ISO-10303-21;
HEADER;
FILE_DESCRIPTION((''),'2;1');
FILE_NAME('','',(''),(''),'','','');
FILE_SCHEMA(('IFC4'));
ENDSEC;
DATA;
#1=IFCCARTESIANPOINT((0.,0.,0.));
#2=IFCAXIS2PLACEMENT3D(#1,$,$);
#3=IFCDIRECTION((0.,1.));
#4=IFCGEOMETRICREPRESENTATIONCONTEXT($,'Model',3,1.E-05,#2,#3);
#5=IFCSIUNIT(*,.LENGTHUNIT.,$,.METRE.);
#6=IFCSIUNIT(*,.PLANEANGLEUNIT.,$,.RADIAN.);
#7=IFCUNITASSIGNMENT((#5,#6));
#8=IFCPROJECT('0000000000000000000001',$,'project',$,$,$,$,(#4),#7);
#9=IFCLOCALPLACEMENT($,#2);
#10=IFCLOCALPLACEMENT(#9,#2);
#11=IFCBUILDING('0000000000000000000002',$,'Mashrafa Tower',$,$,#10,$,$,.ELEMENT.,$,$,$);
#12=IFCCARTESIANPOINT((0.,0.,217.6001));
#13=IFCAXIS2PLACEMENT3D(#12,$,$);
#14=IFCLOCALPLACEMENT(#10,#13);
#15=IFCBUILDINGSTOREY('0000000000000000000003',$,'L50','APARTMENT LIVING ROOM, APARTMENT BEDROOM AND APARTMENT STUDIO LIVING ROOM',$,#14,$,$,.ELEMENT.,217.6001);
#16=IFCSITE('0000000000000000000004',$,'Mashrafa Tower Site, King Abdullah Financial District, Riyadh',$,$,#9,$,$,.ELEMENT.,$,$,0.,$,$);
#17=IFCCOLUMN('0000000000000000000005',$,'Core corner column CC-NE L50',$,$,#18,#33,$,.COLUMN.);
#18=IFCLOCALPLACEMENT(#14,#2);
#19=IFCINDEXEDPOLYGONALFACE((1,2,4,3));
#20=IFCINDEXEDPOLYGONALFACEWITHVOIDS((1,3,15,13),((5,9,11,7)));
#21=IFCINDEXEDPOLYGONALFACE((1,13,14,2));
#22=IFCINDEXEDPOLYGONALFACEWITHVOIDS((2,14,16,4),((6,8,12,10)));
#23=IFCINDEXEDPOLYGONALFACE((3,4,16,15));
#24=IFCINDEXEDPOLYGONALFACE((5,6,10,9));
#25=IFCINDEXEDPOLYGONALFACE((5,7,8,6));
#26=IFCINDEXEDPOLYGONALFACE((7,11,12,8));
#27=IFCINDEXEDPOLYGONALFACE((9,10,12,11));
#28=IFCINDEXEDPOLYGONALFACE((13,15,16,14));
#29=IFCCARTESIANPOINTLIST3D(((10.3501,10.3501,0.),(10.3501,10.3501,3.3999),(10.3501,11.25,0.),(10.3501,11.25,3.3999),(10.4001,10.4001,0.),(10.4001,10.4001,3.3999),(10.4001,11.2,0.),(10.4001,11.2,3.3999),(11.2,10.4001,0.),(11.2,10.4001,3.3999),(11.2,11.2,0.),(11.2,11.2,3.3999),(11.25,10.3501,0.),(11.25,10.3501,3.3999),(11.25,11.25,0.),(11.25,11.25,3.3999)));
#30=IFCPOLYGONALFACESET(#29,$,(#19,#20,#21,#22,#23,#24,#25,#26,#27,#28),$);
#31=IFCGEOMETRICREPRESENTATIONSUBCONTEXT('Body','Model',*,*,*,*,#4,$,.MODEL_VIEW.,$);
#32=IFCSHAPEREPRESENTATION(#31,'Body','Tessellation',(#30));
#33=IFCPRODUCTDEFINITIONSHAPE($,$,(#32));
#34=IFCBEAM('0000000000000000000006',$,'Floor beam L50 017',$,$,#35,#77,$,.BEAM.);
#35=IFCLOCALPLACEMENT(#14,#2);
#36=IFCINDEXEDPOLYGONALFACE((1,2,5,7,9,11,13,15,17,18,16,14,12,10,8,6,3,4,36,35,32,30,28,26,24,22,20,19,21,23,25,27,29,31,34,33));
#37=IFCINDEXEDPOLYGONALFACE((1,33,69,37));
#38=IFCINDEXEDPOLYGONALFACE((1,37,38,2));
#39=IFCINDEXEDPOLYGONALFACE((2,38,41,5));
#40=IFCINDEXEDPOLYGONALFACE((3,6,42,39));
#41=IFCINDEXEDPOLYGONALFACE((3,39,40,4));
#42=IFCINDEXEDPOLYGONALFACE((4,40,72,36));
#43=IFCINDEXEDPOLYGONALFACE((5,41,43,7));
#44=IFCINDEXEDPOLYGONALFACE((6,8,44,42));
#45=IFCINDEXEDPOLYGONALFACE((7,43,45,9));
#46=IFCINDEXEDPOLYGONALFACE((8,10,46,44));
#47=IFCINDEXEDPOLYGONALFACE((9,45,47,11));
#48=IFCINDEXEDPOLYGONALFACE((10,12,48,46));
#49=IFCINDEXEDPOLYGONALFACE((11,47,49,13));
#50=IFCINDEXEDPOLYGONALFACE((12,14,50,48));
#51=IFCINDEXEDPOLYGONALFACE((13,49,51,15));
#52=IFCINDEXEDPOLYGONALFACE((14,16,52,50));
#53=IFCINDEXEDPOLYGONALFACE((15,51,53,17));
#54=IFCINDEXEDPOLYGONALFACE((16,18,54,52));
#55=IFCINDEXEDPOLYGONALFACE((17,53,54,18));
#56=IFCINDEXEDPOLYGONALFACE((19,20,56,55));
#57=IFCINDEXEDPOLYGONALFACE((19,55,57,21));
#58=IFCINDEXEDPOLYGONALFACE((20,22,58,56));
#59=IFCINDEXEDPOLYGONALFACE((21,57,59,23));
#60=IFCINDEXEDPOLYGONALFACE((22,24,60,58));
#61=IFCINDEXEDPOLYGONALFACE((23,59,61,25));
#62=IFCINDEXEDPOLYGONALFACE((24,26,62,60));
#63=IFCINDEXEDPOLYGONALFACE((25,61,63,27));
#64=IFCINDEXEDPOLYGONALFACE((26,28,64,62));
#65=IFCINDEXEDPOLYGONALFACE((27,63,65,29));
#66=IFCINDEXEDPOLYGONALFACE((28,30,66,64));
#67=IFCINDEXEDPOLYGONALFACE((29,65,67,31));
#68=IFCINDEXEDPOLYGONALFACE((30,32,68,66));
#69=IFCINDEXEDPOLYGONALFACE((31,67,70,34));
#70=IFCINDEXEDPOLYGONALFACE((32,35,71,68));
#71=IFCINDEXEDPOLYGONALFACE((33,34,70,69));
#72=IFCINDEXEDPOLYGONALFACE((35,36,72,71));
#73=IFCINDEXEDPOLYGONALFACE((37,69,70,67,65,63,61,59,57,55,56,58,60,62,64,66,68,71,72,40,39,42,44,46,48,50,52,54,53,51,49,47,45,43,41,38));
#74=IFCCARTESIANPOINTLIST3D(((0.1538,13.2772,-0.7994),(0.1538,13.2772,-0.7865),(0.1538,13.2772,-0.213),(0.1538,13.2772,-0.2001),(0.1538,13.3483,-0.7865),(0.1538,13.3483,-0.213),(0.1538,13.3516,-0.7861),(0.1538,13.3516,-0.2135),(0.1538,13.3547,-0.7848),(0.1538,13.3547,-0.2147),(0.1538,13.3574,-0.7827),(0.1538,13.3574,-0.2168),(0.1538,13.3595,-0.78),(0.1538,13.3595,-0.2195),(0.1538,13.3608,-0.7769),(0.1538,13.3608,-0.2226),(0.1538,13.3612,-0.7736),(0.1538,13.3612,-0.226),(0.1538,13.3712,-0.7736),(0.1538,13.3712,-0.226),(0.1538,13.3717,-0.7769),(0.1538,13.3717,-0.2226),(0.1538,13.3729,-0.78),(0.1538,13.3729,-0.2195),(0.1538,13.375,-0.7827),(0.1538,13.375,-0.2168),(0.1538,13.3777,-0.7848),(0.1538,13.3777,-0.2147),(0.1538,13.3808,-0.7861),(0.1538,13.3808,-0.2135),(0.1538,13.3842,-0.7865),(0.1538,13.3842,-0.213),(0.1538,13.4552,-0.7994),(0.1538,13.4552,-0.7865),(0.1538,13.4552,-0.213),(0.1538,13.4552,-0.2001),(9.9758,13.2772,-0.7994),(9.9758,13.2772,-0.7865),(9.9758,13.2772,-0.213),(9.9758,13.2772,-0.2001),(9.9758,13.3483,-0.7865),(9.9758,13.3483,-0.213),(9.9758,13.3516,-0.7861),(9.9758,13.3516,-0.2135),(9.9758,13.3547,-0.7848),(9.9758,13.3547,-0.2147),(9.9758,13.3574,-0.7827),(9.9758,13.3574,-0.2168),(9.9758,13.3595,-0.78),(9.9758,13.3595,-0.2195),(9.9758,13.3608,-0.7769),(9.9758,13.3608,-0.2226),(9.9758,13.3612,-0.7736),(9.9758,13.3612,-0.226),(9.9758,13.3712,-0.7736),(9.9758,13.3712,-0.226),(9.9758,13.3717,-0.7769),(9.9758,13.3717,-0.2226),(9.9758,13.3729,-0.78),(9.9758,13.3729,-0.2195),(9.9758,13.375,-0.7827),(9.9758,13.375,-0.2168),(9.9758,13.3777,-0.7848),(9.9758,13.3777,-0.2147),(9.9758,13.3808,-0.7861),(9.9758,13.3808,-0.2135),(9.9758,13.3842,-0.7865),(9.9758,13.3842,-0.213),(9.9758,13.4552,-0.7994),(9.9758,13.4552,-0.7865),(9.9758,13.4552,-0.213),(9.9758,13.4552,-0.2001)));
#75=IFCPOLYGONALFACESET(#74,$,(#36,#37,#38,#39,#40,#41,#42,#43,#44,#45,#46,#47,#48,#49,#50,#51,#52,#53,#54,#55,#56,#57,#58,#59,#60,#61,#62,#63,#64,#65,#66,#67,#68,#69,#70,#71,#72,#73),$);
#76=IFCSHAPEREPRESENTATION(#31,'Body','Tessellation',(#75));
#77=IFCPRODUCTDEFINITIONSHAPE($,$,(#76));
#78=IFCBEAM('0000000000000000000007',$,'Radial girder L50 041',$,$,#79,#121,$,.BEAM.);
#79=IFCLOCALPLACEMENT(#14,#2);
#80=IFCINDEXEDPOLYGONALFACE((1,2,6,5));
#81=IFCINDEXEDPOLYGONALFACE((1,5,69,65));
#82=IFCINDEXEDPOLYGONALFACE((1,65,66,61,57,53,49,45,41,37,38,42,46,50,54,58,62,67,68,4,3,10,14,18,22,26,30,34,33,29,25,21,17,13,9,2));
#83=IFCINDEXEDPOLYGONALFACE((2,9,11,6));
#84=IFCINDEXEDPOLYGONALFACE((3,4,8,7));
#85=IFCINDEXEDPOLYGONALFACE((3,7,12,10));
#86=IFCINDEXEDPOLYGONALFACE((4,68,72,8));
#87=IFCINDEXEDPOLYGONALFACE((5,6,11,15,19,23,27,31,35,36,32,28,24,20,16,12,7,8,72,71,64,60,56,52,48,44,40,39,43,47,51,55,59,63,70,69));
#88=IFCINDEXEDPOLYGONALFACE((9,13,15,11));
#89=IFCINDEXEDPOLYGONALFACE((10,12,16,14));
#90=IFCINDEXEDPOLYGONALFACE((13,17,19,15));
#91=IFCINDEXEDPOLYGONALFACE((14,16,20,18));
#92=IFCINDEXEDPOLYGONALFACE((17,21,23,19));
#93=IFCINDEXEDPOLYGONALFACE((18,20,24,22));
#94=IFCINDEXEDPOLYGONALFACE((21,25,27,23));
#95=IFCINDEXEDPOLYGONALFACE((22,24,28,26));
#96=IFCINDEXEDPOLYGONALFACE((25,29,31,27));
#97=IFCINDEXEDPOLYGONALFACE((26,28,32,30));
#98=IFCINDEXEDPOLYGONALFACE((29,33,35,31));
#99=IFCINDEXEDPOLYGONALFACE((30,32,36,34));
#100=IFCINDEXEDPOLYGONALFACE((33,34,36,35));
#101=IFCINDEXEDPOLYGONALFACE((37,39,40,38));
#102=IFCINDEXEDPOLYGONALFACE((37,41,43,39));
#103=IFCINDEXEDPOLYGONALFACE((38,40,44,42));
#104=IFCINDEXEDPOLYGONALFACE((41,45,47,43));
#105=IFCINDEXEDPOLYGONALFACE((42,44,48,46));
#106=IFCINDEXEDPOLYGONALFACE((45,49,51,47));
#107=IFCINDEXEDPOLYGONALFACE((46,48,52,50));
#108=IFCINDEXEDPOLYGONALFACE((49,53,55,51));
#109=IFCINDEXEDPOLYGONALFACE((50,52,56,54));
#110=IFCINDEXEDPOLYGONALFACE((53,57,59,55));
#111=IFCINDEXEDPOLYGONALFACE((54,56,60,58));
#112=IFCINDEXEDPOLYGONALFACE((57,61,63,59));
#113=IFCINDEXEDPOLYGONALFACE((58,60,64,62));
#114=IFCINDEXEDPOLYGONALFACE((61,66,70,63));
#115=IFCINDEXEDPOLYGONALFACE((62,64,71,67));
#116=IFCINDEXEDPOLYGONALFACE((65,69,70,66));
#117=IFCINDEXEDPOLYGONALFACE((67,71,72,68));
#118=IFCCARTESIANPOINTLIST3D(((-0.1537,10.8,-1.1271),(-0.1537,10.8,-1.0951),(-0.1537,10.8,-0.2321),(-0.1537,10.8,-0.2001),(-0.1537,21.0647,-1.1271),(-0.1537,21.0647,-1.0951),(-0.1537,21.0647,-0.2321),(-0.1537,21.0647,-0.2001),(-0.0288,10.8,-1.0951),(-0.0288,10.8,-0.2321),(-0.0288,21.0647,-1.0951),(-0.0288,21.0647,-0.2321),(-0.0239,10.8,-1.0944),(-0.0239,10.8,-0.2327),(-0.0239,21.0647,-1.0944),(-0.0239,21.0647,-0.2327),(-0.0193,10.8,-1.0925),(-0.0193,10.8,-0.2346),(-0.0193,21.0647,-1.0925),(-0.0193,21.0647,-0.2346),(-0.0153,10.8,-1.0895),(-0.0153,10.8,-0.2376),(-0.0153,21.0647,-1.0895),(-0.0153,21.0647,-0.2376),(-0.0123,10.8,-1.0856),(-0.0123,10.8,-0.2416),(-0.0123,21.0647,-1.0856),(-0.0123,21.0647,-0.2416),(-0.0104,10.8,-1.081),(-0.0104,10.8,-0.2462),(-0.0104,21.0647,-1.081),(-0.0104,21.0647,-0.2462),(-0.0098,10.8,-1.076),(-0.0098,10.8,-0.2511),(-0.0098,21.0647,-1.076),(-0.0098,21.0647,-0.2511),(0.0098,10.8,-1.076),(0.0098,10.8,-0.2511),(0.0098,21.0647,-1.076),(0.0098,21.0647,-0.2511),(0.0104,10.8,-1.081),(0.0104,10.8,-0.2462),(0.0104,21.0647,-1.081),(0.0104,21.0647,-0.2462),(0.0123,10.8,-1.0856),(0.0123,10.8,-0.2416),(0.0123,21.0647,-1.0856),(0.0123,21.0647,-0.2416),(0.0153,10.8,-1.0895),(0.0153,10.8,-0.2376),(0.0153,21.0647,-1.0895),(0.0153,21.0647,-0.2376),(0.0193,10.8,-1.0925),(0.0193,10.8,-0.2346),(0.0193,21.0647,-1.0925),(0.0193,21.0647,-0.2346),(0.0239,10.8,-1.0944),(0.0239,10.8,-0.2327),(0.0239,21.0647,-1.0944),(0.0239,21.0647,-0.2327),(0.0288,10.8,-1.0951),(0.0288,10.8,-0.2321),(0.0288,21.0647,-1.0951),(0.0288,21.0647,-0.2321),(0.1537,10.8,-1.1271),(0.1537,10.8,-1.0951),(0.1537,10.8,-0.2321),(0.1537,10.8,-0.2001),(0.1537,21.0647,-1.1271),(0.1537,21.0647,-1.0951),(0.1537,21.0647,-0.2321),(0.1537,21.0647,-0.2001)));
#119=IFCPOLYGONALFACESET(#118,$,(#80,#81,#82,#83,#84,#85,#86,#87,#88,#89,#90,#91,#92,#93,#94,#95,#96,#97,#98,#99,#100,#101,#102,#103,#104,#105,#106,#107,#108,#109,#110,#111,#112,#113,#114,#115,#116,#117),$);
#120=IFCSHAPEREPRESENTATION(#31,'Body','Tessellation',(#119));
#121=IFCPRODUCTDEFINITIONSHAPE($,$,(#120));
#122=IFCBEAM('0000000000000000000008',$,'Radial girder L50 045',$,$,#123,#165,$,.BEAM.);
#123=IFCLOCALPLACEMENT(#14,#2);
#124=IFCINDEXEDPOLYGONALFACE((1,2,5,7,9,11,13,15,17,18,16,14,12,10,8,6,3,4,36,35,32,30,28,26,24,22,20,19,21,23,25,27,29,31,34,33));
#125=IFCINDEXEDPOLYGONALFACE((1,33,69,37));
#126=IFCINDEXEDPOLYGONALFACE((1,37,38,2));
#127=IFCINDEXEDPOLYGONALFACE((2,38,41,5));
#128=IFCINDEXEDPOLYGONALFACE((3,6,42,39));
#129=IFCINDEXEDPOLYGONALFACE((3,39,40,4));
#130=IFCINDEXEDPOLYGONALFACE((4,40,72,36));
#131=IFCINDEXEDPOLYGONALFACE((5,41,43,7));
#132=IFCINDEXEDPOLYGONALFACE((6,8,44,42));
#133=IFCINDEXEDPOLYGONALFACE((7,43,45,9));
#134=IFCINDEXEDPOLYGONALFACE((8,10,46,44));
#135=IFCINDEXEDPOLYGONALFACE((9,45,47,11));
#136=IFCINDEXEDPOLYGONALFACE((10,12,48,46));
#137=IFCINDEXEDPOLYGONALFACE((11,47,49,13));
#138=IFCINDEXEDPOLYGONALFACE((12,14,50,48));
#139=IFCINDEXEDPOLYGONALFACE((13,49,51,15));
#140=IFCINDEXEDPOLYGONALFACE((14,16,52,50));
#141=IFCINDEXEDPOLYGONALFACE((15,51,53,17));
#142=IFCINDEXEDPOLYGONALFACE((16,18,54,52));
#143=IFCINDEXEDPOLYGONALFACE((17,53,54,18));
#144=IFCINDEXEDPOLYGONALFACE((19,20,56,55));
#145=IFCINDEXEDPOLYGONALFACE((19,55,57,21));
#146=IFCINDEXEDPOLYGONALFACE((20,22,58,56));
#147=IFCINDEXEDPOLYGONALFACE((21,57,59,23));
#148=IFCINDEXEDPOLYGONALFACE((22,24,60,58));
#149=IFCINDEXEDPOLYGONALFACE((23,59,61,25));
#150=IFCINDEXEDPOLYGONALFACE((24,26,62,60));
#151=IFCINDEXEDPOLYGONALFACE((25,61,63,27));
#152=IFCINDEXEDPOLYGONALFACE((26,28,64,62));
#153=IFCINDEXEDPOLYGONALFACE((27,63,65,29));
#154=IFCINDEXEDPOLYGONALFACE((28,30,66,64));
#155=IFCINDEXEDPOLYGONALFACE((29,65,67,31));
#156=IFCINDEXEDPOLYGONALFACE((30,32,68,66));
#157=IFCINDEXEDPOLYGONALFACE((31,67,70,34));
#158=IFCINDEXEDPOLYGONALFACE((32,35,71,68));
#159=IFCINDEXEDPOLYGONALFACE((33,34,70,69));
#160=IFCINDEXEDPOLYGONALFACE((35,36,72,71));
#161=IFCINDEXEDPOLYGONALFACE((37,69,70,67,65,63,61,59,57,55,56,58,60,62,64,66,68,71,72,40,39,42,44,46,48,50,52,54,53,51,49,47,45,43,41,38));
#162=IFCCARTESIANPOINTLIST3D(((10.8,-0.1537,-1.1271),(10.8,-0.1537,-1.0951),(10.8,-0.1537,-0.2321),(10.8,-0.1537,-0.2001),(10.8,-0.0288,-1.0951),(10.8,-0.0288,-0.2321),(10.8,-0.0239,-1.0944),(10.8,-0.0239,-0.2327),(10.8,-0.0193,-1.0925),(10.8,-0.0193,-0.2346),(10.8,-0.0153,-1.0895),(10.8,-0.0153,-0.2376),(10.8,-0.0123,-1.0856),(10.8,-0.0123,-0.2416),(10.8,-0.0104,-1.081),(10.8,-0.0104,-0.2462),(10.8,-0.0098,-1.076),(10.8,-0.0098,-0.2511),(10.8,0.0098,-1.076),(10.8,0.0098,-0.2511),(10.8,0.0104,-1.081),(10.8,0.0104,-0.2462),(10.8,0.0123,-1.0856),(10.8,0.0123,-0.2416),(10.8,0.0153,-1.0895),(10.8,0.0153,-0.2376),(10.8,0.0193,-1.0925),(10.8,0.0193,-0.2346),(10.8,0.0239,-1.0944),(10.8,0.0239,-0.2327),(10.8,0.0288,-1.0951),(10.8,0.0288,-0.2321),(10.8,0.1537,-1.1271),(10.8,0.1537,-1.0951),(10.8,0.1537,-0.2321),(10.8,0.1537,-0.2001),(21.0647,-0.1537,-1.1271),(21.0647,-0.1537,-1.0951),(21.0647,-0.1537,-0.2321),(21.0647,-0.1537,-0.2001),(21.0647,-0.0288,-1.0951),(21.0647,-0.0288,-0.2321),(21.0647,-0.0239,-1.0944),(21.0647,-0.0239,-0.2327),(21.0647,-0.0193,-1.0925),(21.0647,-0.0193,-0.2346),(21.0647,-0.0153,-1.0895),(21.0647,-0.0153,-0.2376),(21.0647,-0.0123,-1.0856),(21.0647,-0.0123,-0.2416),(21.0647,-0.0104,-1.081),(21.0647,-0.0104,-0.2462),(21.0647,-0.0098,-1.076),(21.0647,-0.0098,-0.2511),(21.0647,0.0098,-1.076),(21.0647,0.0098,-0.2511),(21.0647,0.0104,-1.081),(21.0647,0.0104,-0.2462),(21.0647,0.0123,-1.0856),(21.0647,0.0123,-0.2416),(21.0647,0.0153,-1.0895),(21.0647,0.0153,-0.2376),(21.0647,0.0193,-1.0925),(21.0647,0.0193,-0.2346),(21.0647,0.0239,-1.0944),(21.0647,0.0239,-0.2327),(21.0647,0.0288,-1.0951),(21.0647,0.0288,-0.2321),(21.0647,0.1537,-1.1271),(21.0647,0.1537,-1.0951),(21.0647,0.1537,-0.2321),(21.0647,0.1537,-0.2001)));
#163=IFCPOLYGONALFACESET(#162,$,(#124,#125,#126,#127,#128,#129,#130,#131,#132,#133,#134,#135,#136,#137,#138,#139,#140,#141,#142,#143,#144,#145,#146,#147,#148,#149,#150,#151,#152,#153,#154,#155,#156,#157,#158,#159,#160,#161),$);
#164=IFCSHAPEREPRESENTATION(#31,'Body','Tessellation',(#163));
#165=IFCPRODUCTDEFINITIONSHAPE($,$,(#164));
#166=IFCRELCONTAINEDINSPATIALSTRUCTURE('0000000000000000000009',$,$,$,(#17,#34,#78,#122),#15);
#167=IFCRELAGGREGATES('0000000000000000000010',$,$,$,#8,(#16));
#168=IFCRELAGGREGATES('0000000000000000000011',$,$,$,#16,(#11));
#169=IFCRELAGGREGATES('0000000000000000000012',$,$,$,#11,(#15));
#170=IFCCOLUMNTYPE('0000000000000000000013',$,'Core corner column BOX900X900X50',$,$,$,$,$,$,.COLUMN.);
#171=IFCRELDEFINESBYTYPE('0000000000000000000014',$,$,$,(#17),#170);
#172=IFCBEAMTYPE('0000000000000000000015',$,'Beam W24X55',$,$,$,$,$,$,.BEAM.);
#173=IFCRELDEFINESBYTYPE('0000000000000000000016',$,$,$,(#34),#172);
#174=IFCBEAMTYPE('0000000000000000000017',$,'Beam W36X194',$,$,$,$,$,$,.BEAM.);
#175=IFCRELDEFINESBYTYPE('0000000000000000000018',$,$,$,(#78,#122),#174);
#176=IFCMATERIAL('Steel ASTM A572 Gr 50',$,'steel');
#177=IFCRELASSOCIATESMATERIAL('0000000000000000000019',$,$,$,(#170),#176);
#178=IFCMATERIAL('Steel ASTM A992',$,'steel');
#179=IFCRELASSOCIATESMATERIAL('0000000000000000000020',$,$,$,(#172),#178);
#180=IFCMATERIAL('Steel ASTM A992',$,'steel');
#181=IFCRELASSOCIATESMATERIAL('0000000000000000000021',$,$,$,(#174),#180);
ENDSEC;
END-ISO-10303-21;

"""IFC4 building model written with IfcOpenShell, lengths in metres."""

from ifc_helpers import new_model, si_unit, direction, frame, origin, origin_2d, place, context, subcontext, project, spatial, hollow_rectangle, i_section, extrude, material, material_profile, profile_set, type_object, element, save


model = new_model("IFC4")

# Units and contexts
model_context = context("Model", 3, precision=1e-05, world=origin(), true_north=direction((0.0, 1.0)))
body_context = subcontext(model_context, "Body", "Model", "MODEL_VIEW")
ifc_project = project(units=[si_unit("LENGTHUNIT", "METRE"), si_unit("PLANEANGLEUNIT", "RADIAN")], contexts=[model_context])

# Site, building, storey
site_placement = place(None, origin())
site = spatial("IfcSite", under=ifc_project, at=site_placement, Name="Mashrafa Tower Site, King Abdullah Financial District, Riyadh", CompositionType="ELEMENT", RefElevation=0.0)
building_placement = place(site_placement, origin())
building = spatial("IfcBuilding", under=site, at=building_placement, Name="Mashrafa Tower", CompositionType="ELEMENT")
storey_placement = place(building_placement, frame((0.0, 0.0, 217.6001)))
storey = spatial("IfcBuildingStorey", under=building, at=storey_placement, Name="L50", Description="APARTMENT LIVING ROOM, APARTMENT BEDROOM AND APARTMENT STUDIO LIVING ROOM", CompositionType="ELEMENT", Elevation=217.6001)

# Column
ifc_material_1 = material(Name="Steel ASTM A572 Gr 50", Category="steel")
ifc_material_profile_1 = material_profile(ifc_material_1, hollow_rectangle(XDim=0.8999, YDim=0.8999, WallThickness=0.05, at=origin_2d()), Name="BOX900X900X50")
ifc_profile_set_1 = profile_set([ifc_material_profile_1], Name="Steel ASTM A572 Gr 50")
column_type = type_object("IfcColumnType", Name="Core corner column BOX900X900X50", PredefinedType="COLUMN", material=ifc_profile_set_1)
column_placement = place(storey_placement, frame((10.8, 10.8, 0.0), z_axis=(0.0, 0.0, 1.0), x_axis=(1.0, 0.0, 0.0)))
element("IfcColumn", 1, at=column_placement, inside=storey, type_object=column_type, Name="Core corner column CC-NE L50", PredefinedType="COLUMN", context=body_context, shape_type="SweptSolid", body=[
    extrude(hollow_rectangle(XDim=0.8999, YDim=0.8999, WallThickness=0.05, at=origin_2d()), origin(), (0.0, 0.0, 1.0), 3.3999),
])

# Beams
ifc_material_2 = material(Name="Steel ASTM A992", Category="steel")
ifc_material_profile_2 = material_profile(ifc_material_2, i_section(OverallWidth=0.178, OverallDepth=0.5994, WebThickness=0.01, FlangeThickness=0.0129, FilletRadius=0.0129, at=origin_2d()), Name="W24X55")
ifc_profile_set_2 = profile_set([ifc_material_profile_2], Name="Steel ASTM A992")
beam_type_1 = type_object("IfcBeamType", Name="Beam W24X55", PredefinedType="BEAM", material=ifc_profile_set_2)
beam_1_placement = place(storey_placement, frame((0.1538, 13.3662, -0.4998), z_axis=(1.0, 0.0, 0.0), x_axis=(0.0, 1.0, 0.0)))
element("IfcBeam", 2, at=beam_1_placement, inside=storey, type_object=beam_type_1, Name="Floor beam L50 017", PredefinedType="BEAM", context=body_context, shape_type="SweptSolid", body=[
    extrude(i_section(OverallWidth=0.178, OverallDepth=0.5994, WebThickness=0.01, FlangeThickness=0.0129, FilletRadius=0.0129, at=origin_2d()), origin(), (0.0, 0.0, 1.0), 9.822),
])
ifc_material_3 = material(Name="Steel ASTM A992", Category="steel")
ifc_material_profile_3 = material_profile(ifc_material_3, i_section(OverallWidth=0.3074, OverallDepth=0.927, WebThickness=0.0195, FlangeThickness=0.032, FilletRadius=0.019, at=origin_2d()), Name="W36X194")
ifc_profile_set_3 = profile_set([ifc_material_profile_3], Name="Steel ASTM A992")
beam_type_2 = type_object("IfcBeamType", Name="Beam W36X194", PredefinedType="BEAM", material=ifc_profile_set_3)
for number, where, z_axis, x_axis, name in (
    (3, (0.0, 10.8, -0.6636), (0.0, 1.0, 0.0), (-1.0, 0.0, 0.0), "Radial girder L50 041"),
    (4, (10.8, 0.0, -0.6636), (1.0, 0.0, 0.0), (0.0, 1.0, 0.0), "Radial girder L50 045"),
):
    element("IfcBeam", number, at=place(storey_placement, frame(where, z_axis=z_axis, x_axis=x_axis)), inside=storey, type_object=beam_type_2, Name=name, PredefinedType="BEAM", context=body_context, shape_type="SweptSolid", body=[
        extrude(i_section(OverallWidth=0.3074, OverallDepth=0.927, WebThickness=0.0195, FlangeThickness=0.032, FilletRadius=0.019, at=origin_2d()), origin(), (0.0, 0.0, 1.0), 10.2646),
    ])

save(model, "model.ifc")
